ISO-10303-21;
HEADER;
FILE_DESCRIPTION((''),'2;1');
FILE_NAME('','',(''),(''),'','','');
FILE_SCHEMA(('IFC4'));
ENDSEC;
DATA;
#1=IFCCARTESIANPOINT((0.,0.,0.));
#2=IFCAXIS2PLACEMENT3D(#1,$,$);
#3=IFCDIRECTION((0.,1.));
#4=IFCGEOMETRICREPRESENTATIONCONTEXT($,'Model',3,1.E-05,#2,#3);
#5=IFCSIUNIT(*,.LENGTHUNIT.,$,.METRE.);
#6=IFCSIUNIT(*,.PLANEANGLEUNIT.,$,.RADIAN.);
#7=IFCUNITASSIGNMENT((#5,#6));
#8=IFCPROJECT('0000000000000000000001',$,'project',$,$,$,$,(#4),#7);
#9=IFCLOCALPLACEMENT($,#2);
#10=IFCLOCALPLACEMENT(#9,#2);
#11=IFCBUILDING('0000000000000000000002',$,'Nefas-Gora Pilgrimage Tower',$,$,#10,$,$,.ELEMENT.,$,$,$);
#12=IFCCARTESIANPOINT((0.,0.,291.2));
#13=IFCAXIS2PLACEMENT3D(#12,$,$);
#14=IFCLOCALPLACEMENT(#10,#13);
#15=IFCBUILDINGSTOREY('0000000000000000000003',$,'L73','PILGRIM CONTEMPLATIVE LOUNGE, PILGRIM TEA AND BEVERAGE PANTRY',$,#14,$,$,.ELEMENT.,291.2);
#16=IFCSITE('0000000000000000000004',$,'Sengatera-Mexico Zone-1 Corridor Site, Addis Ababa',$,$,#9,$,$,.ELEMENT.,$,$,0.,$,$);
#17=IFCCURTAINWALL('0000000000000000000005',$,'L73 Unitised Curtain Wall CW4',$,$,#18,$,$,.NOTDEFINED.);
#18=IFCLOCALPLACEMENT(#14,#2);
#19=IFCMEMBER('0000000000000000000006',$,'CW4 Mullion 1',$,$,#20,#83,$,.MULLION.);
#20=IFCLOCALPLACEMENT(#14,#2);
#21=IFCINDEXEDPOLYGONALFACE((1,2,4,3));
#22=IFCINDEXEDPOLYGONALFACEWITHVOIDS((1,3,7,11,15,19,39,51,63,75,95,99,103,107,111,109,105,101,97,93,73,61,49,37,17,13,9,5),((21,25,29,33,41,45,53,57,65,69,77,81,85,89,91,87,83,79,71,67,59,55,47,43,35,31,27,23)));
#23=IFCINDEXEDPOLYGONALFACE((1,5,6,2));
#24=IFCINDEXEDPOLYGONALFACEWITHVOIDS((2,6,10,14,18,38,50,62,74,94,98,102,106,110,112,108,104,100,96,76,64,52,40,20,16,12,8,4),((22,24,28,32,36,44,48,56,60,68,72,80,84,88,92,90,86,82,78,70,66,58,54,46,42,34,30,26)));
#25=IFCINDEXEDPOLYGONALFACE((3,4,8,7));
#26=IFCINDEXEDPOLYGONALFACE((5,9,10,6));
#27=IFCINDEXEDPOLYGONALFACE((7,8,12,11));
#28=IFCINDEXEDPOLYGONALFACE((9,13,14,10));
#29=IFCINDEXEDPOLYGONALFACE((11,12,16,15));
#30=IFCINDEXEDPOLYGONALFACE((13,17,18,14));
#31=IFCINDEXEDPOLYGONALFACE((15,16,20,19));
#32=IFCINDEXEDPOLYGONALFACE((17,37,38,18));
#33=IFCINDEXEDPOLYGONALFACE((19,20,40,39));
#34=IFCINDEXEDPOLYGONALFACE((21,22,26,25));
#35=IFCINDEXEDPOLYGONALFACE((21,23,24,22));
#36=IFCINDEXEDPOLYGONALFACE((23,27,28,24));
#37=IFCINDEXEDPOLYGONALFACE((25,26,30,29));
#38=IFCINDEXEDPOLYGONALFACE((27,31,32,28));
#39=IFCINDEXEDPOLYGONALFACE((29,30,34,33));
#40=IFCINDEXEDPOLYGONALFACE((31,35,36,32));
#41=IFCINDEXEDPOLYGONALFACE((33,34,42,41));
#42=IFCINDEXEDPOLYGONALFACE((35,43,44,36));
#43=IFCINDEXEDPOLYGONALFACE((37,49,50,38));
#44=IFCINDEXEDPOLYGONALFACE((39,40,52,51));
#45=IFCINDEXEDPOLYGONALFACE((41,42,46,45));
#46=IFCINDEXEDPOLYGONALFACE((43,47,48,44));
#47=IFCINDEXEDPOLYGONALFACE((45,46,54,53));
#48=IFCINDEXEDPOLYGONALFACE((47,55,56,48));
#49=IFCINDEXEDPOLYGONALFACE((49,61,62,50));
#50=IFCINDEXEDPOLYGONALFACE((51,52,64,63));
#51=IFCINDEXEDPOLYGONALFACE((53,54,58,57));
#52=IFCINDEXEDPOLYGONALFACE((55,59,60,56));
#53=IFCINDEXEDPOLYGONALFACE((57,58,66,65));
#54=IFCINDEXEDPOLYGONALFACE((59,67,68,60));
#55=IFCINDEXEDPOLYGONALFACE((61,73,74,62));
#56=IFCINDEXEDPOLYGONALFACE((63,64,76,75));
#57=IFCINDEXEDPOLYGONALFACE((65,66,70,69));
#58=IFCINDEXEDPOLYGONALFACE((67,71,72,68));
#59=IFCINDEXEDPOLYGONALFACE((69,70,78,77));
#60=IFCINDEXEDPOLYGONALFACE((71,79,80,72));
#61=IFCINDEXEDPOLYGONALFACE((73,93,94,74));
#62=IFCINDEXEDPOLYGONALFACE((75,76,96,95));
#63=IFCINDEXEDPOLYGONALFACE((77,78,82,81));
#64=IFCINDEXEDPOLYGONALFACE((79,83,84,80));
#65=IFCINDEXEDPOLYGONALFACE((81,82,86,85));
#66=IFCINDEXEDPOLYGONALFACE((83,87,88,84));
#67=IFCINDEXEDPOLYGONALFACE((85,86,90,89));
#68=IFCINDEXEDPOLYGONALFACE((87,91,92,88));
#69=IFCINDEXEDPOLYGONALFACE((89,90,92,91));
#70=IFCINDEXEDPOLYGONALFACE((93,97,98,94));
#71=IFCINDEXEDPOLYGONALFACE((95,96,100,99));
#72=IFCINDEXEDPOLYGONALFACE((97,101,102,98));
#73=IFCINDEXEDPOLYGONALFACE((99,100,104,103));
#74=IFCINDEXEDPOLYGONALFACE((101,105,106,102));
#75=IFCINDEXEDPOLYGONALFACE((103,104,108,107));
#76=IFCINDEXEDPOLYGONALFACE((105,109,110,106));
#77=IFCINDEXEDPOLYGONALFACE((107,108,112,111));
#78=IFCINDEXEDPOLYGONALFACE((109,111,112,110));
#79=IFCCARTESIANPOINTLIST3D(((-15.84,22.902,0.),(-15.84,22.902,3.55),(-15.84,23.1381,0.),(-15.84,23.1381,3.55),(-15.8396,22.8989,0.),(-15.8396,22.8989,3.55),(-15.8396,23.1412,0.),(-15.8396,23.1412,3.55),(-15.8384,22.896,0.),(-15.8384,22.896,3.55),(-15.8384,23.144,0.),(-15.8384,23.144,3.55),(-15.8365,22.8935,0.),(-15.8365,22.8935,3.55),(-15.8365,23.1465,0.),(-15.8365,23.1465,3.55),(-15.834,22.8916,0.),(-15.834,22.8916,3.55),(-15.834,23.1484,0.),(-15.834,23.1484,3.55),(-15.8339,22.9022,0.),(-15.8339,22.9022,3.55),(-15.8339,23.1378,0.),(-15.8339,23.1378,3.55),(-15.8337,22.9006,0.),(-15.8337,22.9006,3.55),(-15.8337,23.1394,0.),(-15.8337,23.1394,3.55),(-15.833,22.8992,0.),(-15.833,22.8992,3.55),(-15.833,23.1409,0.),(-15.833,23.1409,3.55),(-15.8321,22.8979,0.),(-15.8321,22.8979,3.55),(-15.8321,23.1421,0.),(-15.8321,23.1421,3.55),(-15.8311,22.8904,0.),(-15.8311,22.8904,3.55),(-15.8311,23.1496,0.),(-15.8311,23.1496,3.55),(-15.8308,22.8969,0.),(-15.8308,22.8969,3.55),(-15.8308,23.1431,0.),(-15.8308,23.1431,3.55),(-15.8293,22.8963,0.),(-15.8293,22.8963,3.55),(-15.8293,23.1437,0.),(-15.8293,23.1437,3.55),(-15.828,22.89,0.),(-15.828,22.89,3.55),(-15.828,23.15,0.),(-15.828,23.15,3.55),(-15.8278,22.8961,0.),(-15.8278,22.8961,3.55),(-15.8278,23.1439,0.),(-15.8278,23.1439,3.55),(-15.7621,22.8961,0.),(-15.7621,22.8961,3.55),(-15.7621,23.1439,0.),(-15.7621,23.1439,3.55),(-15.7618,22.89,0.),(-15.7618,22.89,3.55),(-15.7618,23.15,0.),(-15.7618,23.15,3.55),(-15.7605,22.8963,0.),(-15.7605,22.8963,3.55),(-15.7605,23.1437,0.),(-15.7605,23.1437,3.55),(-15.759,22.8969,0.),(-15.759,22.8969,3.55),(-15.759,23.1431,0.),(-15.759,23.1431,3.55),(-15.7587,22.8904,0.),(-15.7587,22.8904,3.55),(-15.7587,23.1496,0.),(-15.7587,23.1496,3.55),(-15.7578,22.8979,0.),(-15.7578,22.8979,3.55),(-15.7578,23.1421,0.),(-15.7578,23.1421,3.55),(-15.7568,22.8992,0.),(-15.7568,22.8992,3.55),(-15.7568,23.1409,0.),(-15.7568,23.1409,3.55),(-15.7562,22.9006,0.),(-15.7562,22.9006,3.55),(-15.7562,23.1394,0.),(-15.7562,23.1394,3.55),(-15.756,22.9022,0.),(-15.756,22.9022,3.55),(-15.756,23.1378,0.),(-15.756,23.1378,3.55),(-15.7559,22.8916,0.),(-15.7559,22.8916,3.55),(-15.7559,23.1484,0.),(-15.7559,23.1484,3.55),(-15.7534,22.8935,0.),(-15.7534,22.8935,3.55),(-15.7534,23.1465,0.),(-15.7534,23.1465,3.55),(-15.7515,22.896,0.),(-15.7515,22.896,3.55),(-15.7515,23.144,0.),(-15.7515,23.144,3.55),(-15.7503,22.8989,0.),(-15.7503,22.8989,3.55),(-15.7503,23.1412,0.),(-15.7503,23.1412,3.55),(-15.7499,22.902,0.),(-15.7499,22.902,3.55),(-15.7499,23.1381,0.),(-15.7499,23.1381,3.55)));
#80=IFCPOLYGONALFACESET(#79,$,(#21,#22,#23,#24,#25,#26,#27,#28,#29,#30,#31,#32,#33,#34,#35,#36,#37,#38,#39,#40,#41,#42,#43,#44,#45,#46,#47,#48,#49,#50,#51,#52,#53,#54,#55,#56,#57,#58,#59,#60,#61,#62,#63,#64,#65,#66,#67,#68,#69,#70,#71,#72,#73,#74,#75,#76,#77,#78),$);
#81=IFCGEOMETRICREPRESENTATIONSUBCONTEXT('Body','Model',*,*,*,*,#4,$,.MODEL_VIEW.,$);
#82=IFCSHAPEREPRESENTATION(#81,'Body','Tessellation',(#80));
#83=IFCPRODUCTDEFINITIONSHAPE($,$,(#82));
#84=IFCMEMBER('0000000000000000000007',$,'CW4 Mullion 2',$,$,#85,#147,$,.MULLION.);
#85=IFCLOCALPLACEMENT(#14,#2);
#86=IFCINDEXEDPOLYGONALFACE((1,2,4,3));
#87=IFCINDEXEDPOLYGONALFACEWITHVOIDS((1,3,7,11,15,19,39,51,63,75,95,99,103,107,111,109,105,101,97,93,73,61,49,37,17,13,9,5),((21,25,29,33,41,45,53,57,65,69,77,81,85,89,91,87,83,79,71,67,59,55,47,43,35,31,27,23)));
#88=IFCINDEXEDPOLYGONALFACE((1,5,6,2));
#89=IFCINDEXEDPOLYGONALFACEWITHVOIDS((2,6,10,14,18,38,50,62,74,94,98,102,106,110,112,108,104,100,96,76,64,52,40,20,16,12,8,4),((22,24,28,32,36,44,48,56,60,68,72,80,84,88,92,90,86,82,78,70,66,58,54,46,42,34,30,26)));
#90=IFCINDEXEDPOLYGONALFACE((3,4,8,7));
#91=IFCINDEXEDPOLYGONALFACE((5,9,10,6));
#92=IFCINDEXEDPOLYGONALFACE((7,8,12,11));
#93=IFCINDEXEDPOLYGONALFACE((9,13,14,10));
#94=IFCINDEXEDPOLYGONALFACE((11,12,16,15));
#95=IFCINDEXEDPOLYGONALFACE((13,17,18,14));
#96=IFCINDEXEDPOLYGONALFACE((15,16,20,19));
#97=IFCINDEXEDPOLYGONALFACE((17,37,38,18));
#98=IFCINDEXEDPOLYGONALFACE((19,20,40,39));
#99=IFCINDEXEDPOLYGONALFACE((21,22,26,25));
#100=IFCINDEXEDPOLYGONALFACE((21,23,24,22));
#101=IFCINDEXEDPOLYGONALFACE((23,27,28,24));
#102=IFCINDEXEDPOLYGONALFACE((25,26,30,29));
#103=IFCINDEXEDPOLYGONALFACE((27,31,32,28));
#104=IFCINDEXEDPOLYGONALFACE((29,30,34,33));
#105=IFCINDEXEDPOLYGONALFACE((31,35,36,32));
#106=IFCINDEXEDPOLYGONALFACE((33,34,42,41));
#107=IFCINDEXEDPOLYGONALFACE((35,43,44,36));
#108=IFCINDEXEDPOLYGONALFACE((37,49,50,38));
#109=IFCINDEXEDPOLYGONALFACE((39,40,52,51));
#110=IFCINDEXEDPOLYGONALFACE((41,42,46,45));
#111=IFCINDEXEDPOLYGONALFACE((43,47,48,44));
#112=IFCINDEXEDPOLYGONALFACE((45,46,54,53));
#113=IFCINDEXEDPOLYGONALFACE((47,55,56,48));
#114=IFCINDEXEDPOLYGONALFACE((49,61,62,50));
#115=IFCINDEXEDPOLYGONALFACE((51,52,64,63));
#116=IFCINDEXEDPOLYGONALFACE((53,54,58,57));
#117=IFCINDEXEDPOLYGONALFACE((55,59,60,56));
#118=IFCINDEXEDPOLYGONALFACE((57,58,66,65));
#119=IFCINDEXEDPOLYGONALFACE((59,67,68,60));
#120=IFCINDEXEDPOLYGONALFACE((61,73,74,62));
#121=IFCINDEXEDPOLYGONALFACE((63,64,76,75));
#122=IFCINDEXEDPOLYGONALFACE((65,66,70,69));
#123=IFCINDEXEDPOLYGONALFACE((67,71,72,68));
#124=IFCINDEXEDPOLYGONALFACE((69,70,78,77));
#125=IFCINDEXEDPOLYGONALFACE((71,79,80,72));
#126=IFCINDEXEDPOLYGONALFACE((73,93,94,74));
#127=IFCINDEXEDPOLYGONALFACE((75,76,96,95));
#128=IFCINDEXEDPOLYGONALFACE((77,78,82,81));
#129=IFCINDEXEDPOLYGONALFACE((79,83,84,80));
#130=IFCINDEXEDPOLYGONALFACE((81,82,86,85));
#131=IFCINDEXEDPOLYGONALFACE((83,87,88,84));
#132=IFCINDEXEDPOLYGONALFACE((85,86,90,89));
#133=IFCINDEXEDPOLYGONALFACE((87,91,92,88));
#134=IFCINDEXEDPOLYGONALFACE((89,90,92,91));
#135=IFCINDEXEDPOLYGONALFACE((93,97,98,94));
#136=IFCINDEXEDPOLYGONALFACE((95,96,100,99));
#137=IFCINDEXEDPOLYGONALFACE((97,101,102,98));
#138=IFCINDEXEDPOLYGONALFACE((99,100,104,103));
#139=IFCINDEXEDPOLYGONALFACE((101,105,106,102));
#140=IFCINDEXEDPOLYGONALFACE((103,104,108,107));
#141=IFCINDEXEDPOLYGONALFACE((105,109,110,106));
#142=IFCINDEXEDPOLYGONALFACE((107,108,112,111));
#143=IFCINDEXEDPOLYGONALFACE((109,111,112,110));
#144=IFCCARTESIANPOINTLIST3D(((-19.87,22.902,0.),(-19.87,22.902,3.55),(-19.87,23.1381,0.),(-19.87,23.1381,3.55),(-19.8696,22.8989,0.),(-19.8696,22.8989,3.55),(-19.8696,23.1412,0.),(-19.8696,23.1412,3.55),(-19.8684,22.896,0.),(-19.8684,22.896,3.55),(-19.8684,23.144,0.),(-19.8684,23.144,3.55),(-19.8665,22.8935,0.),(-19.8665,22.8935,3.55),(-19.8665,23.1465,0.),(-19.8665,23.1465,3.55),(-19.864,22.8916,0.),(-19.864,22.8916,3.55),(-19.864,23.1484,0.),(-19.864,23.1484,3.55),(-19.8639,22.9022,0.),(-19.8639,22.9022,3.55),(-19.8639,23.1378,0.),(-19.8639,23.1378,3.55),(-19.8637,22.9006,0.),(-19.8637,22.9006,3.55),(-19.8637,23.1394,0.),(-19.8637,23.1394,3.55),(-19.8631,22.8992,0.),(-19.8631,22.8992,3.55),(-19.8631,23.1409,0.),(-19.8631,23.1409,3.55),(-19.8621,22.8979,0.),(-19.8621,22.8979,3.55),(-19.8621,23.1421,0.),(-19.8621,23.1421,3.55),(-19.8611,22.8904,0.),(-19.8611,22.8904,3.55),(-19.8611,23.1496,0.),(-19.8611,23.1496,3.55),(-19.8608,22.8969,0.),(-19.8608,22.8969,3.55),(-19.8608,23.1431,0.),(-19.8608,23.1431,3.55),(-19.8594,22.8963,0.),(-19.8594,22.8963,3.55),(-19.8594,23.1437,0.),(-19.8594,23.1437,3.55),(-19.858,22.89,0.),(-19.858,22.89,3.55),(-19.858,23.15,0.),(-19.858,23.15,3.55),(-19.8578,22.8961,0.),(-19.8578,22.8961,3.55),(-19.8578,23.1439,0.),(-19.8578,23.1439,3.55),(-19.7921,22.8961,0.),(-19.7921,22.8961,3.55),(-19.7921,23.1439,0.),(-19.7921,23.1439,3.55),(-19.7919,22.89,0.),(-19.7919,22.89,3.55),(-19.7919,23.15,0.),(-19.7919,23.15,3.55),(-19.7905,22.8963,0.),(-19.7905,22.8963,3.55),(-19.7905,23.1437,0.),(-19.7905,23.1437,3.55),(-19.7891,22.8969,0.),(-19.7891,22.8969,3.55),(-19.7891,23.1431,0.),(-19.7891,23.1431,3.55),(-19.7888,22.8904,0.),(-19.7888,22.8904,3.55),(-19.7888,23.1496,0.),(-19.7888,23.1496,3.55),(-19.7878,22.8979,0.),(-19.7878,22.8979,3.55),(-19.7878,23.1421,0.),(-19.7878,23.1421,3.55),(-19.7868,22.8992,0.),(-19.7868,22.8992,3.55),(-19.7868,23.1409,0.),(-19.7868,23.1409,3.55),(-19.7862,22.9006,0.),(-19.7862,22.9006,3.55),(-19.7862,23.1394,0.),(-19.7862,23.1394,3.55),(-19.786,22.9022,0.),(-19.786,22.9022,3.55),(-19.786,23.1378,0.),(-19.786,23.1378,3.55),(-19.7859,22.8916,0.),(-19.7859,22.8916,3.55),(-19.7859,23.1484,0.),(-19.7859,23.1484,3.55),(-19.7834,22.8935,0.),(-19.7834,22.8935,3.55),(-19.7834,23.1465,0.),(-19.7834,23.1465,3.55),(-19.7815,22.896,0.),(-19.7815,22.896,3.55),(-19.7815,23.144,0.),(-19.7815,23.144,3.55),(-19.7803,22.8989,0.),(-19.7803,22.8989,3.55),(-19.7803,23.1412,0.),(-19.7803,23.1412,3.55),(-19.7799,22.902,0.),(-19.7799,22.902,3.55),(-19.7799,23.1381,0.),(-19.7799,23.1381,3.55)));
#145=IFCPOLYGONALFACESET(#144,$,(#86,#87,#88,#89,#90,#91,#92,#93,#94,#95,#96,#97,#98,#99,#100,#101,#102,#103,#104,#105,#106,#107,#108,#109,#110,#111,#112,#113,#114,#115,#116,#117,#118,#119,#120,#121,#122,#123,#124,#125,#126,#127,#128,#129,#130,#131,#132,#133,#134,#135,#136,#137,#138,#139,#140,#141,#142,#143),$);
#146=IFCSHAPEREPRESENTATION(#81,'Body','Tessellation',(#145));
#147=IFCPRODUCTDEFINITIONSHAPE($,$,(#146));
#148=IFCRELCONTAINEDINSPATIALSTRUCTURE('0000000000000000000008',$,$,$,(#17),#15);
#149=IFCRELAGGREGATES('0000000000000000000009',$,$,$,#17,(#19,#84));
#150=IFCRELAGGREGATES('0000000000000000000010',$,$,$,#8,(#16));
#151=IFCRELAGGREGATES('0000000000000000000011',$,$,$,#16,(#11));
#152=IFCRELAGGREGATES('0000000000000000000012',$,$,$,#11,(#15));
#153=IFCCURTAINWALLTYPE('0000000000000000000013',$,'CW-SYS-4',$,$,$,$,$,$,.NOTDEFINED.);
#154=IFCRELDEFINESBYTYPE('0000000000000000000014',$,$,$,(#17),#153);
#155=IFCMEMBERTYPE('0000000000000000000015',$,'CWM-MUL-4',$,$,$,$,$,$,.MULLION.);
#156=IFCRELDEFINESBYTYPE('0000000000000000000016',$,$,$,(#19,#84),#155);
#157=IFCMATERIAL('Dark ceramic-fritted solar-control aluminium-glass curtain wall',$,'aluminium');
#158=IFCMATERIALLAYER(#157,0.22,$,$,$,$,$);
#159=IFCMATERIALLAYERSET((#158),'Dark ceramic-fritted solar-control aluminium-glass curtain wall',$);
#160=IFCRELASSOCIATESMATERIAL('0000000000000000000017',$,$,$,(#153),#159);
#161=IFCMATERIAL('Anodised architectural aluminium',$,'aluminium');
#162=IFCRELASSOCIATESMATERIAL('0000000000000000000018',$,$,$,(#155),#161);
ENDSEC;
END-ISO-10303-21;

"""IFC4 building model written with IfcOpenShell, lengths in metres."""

from ifc_helpers import new_model, si_unit, direction, frame, origin, origin_2d, place, context, subcontext, project, spatial, hollow_rectangle, extrude, source, transform, mapped, material, layer, layer_set, material_profile, profile_set, type_object, element, aggregate, save


model = new_model("IFC4")

# Units and contexts
model_context = context("Model", 3, precision=1e-05, world=origin(), true_north=direction((0.0, 1.0)))
body_context = subcontext(model_context, "Body", "Model", "MODEL_VIEW")
ifc_project = project(units=[si_unit("LENGTHUNIT", "METRE"), si_unit("PLANEANGLEUNIT", "RADIAN")], contexts=[model_context])

# Site, building, storey
site_placement = place(None, origin())
site = spatial("IfcSite", under=ifc_project, at=site_placement, Name="Sengatera-Mexico Zone-1 Corridor Site, Addis Ababa", CompositionType="ELEMENT", RefElevation=0.0)
building_placement = place(site_placement, origin())
building = spatial("IfcBuilding", under=site, at=building_placement, Name="Nefas-Gora Pilgrimage Tower", CompositionType="ELEMENT")
storey_placement = place(building_placement, frame((0.0, 0.0, 291.2)))
storey = spatial("IfcBuildingStorey", under=building, at=storey_placement, Name="L73", Description="PILGRIM CONTEMPLATIVE LOUNGE, PILGRIM TEA AND BEVERAGE PANTRY", CompositionType="ELEMENT", Elevation=291.2)

# Shared definitions
ifc_material_1 = material(Name="Dark ceramic-fritted solar-control aluminium-glass curtain wall", Category="aluminium")
ifc_material_2 = material(Name="Anodised architectural aluminium", Category="aluminium")

# Curtain wall, members
ifc_layer_1 = layer(ifc_material_1, 0.22)
ifc_layer_set_1 = layer_set([ifc_layer_1], Name="Dark ceramic-fritted solar-control aluminium-glass curtain wall")
curtain_wall_type_1 = type_object("IfcCurtainWallType", Name="CW-SYS-4", PredefinedType="NOTDEFINED", material=ifc_layer_set_1)
curtain_wall_1_placement = place(storey_placement, origin())
curtain_wall_1 = element("IfcCurtainWall", 1, at=curtain_wall_1_placement, inside=storey, type_object=curtain_wall_type_1, Name="L73 Unitised Curtain Wall CW4", PredefinedType="NOTDEFINED")
ifc_material_profile_1 = material_profile(ifc_material_2, hollow_rectangle(XDim=0.0901, YDim=0.26, WallThickness=0.0061, InnerFilletRadius=0.0061, OuterFilletRadius=0.012, at=origin_2d()), Name="ALU MULLION 90x260")
ifc_profile_set_1 = profile_set([ifc_material_profile_1], Name="Anodised architectural aluminium")
member_type_1 = type_object("IfcMemberType", Name="CWM-MUL-4", PredefinedType="MULLION", material=ifc_profile_set_1)
shared_shape_1 = source(origin(), body_context, "Body", "SweptSolid", [
    extrude(hollow_rectangle(XDim=0.0901, YDim=0.26, WallThickness=0.0061, InnerFilletRadius=0.0061, OuterFilletRadius=0.012, at=origin_2d()), origin(), (0.0, 0.0, 1.0), 3.55),
])
member_1_placement = place(storey_placement, frame((-15.7949, 23.02, 0.0), z_axis=(0.0, 0.0, 1.0), x_axis=(-1.0, 0.0, 0.0)))
member_1 = element("IfcMember", 2, at=member_1_placement, type_object=member_type_1, Name="CW4 Mullion 1", PredefinedType="MULLION", context=body_context, shape_type="MappedRepresentation", body=[
    mapped(shared_shape_1, transform((0.0, 0.0, 0.0), x_axis=(1.0, 0.0, 0.0), y_axis=(0.0, 1.0, 0.0), z_axis=(0.0, 0.0, 1.0), scale=1.0)),
])
member_2_placement = place(storey_placement, frame((-19.825, 23.02, 0.0), z_axis=(0.0, 0.0, 1.0), x_axis=(-1.0, 0.0, 0.0)))
member_2 = element("IfcMember", 3, at=member_2_placement, type_object=member_type_1, Name="CW4 Mullion 2", PredefinedType="MULLION", context=body_context, shape_type="MappedRepresentation", body=[
    mapped(shared_shape_1, transform((0.0, 0.0, 0.0), x_axis=(1.0, 0.0, 0.0), y_axis=(0.0, 1.0, 0.0), z_axis=(0.0, 0.0, 1.0), scale=1.0)),
])

aggregate(curtain_wall_1, [member_1, member_2])

save(model, "model.ifc")
